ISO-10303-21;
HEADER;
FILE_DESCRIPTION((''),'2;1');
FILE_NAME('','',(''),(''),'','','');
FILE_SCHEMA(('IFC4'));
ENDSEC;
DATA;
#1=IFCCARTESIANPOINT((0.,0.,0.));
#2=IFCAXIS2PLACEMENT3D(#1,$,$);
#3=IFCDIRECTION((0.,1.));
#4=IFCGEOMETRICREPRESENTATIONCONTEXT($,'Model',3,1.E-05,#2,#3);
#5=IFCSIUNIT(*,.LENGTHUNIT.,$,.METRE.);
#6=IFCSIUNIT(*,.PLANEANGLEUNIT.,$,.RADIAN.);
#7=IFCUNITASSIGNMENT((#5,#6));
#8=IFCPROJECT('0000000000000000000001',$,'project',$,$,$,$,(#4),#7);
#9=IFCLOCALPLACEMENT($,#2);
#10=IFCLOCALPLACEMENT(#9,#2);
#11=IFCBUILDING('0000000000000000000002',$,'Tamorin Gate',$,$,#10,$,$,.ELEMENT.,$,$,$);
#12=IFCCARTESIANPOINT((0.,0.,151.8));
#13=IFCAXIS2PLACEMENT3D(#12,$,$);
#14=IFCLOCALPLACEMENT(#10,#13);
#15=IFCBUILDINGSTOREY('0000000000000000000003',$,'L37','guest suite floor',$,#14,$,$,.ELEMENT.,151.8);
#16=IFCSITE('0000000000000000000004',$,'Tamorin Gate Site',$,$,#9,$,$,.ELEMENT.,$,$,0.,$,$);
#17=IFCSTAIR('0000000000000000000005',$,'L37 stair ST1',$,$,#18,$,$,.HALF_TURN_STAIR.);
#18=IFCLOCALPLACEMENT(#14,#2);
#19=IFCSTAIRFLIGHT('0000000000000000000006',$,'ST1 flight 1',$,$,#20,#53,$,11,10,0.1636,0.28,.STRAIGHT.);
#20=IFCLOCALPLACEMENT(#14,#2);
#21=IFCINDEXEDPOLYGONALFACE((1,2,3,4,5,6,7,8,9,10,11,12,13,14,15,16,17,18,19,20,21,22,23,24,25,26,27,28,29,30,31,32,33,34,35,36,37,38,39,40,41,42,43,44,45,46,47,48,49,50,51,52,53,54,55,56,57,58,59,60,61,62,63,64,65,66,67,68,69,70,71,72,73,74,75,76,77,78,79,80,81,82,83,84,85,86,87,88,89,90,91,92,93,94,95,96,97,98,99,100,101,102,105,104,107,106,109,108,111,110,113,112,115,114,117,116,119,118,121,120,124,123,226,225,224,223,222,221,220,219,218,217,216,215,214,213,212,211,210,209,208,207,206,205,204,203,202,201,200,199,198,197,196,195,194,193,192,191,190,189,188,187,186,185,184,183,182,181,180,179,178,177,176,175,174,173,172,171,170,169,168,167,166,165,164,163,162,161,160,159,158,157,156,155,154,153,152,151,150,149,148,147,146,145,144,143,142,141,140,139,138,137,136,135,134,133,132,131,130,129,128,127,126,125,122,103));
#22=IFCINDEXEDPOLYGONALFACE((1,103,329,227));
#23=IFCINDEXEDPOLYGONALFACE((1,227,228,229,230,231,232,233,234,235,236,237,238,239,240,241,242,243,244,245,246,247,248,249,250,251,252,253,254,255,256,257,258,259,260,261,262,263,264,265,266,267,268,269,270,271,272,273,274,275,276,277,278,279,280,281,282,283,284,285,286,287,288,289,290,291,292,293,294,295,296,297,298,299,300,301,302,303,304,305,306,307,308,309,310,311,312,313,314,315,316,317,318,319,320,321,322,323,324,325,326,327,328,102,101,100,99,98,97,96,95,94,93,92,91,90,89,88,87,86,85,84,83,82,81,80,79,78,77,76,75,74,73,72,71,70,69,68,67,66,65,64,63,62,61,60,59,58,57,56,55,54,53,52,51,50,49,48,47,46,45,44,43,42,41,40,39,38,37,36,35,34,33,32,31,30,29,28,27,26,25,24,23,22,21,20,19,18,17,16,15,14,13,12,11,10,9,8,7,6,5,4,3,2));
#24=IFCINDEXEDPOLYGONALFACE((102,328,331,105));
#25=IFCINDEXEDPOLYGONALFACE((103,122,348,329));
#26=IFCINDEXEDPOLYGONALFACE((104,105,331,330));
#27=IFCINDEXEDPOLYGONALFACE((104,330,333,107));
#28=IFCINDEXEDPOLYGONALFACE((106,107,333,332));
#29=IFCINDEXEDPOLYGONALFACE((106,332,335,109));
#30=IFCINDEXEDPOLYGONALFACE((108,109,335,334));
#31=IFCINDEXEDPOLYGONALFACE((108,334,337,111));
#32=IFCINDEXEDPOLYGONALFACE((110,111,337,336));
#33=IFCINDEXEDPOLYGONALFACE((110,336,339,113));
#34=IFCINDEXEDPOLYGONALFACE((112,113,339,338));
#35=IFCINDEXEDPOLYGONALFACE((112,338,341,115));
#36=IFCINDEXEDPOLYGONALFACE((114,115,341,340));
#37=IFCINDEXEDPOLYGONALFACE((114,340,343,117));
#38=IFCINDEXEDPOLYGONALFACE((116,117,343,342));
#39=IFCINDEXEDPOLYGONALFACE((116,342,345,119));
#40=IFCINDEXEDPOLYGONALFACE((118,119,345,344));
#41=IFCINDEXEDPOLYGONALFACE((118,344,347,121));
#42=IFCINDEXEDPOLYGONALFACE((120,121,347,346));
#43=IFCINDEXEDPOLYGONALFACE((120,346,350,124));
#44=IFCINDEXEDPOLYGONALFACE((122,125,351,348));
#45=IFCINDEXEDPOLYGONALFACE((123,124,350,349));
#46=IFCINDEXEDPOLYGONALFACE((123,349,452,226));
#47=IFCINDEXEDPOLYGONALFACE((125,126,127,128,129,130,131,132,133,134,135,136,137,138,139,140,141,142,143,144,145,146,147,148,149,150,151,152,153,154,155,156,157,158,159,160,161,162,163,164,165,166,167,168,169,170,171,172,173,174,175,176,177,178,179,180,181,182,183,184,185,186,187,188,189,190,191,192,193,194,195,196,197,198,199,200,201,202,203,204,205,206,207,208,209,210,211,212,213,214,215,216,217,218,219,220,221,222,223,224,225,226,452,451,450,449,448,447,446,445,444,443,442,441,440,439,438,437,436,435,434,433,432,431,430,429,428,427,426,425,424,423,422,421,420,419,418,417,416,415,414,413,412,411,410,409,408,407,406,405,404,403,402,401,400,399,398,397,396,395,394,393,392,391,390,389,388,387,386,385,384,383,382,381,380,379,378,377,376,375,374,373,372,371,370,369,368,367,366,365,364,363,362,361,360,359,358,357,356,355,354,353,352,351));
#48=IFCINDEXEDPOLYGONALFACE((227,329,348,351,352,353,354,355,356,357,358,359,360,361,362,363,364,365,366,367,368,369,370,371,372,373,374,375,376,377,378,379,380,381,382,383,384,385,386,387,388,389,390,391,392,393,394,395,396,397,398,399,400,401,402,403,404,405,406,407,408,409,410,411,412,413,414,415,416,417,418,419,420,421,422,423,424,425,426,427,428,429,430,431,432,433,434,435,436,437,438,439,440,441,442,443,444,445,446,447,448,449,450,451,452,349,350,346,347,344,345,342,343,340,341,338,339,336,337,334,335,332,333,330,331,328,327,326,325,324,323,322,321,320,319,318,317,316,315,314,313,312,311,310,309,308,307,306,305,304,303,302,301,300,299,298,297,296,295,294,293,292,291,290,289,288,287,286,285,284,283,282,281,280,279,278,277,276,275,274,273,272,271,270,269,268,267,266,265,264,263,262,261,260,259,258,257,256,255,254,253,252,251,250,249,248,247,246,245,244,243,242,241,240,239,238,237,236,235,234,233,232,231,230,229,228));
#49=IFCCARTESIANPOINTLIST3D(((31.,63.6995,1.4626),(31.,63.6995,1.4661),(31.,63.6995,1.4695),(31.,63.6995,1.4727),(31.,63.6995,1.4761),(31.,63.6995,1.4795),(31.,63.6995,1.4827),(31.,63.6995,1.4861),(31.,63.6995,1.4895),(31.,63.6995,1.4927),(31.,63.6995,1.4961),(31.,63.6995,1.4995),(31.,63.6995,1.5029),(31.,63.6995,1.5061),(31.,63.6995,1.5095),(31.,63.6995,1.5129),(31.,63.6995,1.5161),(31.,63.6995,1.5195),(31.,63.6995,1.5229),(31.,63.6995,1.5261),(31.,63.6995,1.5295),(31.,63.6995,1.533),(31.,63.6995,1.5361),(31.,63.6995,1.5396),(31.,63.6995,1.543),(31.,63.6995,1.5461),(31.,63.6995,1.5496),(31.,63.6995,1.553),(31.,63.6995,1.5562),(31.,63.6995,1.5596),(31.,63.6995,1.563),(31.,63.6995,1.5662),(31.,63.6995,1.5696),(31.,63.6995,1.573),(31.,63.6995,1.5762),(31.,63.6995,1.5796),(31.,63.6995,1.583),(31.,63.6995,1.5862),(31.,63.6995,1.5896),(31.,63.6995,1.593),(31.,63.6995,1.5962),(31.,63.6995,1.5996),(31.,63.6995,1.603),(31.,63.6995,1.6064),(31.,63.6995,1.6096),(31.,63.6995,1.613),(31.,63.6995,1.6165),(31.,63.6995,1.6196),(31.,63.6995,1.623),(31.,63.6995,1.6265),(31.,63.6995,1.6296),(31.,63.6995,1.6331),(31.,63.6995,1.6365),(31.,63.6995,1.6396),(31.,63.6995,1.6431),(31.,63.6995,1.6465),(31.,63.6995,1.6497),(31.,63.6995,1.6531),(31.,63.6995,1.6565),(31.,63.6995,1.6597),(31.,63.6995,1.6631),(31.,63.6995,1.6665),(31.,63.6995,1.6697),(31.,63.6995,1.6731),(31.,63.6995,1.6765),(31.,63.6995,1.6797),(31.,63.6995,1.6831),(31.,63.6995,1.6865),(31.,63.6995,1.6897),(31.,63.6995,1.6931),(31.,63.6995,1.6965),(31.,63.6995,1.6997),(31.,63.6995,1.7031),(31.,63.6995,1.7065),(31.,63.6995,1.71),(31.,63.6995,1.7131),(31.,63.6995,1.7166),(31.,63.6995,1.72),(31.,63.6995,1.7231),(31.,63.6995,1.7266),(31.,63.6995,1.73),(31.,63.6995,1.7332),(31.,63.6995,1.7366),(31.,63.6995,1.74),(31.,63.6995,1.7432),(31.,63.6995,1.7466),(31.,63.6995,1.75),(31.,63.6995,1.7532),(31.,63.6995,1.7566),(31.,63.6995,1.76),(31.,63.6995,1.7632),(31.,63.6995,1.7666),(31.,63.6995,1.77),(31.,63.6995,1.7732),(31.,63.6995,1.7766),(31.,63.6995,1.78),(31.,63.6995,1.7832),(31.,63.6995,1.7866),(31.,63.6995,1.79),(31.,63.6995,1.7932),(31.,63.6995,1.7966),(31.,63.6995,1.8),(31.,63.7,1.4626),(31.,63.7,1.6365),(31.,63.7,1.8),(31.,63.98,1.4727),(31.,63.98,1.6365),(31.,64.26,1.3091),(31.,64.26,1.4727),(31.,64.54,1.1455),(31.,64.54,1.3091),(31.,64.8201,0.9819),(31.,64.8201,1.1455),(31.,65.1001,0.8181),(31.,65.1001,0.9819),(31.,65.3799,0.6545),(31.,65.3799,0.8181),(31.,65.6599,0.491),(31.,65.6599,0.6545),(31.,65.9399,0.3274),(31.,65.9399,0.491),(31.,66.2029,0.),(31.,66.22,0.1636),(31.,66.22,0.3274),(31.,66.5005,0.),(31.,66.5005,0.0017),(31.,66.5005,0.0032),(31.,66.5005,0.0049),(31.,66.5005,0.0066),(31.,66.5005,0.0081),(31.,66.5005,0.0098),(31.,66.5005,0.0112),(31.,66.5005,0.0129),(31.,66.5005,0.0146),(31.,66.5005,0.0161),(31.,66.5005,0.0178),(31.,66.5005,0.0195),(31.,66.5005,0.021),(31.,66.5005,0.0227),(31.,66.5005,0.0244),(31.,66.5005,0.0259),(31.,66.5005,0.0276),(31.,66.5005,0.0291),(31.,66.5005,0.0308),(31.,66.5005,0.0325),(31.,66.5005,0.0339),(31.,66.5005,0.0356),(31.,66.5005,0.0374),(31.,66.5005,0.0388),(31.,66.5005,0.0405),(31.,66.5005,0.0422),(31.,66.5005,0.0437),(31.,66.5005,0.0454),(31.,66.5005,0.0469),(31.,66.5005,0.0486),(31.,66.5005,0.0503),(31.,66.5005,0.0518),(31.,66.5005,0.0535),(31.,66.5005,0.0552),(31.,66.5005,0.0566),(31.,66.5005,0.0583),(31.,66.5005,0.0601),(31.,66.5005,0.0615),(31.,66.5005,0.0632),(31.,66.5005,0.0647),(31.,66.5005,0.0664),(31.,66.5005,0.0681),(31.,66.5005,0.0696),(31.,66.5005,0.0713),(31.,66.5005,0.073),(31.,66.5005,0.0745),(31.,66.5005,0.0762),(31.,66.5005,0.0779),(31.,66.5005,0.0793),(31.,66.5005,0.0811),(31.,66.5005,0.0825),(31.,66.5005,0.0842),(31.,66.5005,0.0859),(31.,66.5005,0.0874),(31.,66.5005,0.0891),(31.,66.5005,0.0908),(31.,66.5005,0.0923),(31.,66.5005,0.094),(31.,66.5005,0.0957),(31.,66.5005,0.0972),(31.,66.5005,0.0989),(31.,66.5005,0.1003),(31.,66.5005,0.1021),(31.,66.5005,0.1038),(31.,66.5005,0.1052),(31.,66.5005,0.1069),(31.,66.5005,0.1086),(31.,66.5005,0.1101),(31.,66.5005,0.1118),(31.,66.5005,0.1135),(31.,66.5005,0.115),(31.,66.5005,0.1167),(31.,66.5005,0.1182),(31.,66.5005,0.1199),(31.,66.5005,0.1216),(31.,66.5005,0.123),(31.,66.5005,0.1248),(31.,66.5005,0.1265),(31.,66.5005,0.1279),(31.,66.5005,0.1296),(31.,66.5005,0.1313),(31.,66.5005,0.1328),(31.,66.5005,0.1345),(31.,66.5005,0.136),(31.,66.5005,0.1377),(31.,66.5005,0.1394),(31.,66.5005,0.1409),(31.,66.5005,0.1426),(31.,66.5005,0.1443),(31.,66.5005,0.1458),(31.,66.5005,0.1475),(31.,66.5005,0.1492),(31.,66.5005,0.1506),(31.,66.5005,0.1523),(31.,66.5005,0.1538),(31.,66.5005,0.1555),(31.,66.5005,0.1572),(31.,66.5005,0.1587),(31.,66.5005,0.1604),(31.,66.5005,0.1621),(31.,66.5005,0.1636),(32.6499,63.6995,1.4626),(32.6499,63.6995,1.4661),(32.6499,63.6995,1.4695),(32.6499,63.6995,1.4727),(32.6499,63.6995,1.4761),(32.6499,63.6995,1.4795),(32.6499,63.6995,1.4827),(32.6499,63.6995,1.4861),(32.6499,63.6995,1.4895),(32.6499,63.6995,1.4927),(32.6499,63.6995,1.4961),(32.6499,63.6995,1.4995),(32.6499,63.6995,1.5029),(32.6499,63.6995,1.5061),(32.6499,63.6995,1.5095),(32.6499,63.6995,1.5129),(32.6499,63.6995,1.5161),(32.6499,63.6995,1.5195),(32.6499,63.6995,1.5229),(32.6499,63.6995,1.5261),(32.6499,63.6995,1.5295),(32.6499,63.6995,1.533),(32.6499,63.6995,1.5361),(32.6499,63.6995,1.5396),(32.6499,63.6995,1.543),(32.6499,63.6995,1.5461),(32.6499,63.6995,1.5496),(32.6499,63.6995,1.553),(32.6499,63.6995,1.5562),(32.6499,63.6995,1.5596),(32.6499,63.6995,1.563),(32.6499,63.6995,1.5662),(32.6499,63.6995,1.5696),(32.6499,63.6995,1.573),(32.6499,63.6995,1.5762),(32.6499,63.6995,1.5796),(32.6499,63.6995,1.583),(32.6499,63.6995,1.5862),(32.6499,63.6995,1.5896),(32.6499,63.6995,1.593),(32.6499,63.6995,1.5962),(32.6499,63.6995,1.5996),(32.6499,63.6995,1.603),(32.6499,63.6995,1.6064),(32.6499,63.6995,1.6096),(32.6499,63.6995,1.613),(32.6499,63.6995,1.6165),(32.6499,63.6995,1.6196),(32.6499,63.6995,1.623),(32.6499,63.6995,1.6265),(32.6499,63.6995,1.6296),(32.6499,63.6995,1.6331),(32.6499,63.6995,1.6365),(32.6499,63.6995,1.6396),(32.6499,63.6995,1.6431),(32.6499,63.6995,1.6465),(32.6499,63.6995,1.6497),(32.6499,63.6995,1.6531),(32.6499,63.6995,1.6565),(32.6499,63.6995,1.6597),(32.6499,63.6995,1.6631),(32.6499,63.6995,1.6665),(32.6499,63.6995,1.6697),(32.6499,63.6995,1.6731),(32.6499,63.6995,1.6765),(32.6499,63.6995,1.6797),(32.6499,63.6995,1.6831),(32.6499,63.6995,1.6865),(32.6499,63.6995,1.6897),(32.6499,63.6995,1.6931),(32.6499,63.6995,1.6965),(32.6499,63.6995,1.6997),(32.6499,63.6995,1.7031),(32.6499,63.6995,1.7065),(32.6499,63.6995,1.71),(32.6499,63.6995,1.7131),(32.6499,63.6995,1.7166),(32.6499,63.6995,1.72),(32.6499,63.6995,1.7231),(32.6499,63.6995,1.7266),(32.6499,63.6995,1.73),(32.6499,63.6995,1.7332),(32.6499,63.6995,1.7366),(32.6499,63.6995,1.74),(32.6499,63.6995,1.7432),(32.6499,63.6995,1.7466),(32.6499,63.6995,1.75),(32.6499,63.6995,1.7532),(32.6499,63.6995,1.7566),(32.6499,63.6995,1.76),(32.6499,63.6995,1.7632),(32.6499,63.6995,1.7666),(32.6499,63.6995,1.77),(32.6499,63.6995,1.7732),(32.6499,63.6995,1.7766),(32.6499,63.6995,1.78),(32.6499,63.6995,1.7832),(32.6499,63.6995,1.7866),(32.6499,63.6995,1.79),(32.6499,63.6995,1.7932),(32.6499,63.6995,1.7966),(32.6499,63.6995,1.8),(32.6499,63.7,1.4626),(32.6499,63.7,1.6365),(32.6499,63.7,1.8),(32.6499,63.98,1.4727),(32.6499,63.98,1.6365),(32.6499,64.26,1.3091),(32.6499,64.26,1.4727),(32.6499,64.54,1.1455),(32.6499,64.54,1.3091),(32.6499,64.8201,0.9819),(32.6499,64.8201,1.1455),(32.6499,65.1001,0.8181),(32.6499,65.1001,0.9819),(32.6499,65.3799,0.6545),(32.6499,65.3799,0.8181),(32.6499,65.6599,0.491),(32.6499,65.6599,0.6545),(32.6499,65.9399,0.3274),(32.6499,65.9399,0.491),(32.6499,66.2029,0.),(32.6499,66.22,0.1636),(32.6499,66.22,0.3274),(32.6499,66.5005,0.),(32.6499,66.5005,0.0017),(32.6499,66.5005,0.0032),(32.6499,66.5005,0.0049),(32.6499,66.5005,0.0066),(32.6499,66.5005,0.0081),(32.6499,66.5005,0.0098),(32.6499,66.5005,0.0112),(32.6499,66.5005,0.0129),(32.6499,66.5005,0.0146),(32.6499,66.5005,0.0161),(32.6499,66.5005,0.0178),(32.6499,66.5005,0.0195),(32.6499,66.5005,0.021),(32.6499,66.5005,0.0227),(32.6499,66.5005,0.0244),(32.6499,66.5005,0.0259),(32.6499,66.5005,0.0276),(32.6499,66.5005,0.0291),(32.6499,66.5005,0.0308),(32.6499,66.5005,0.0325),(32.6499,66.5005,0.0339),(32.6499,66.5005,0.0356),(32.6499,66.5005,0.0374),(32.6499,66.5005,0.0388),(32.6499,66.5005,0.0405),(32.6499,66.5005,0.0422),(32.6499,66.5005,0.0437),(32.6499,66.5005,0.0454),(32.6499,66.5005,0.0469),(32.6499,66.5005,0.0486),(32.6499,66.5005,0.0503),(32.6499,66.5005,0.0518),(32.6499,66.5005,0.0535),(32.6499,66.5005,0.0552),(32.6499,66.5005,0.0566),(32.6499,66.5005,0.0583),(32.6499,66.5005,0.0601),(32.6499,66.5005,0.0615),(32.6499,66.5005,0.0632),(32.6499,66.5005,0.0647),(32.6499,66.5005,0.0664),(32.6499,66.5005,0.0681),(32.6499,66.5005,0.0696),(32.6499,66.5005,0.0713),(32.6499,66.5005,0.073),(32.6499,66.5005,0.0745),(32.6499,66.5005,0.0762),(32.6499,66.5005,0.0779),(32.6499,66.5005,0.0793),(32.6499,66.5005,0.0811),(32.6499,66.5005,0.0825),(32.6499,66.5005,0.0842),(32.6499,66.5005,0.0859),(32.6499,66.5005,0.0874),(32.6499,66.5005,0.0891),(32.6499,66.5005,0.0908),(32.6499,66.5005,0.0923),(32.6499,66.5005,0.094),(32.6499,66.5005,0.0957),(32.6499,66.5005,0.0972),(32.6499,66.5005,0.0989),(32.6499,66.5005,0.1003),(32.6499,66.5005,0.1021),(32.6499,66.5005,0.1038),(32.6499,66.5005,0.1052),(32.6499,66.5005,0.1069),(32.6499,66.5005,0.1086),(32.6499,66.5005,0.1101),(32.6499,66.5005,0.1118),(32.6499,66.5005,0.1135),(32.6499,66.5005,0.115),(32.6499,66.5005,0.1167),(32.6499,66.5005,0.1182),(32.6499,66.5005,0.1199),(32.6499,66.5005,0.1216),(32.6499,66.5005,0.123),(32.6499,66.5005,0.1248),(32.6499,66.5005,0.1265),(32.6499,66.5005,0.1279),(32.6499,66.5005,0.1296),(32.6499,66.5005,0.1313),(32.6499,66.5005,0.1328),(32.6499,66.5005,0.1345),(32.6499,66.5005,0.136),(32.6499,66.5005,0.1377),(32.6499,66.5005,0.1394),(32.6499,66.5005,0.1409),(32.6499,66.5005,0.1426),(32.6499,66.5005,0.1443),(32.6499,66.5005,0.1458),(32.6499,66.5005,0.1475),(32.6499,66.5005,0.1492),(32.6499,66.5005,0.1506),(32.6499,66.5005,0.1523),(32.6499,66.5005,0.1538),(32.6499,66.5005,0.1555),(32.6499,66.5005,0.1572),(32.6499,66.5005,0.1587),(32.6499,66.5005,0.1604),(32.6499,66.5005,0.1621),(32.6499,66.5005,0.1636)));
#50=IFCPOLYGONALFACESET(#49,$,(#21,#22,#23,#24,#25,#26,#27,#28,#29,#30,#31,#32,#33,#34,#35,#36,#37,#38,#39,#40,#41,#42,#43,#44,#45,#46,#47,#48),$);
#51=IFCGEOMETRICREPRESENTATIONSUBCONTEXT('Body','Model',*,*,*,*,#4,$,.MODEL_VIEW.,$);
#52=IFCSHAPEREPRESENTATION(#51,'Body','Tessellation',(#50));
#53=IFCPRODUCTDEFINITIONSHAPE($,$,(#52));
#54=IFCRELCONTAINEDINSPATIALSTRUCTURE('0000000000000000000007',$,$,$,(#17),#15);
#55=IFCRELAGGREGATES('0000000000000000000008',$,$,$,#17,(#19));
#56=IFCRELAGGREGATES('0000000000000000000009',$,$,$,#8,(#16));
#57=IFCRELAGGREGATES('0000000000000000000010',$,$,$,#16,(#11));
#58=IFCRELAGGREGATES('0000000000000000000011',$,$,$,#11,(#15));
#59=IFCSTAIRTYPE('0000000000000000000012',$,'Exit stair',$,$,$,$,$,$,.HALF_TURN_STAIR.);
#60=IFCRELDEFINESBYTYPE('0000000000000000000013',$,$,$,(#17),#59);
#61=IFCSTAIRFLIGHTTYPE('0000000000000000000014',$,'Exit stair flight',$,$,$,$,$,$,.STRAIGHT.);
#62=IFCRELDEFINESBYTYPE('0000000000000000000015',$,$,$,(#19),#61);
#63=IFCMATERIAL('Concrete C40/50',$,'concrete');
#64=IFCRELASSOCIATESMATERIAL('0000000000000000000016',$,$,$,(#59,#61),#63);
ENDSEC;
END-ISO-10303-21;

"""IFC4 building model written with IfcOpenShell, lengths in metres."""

from ifc_helpers import new_model, si_unit, direction, frame, origin, place, context, subcontext, project, spatial, polyline, outline, extrude, material, type_object, element, aggregate, save


model = new_model("IFC4")

# Units and contexts
model_context = context("Model", 3, precision=1e-05, world=origin(), true_north=direction((0.0, 1.0)))
body_context = subcontext(model_context, "Body", "Model", "MODEL_VIEW")
ifc_project = project(units=[si_unit("LENGTHUNIT", "METRE"), si_unit("PLANEANGLEUNIT", "RADIAN")], contexts=[model_context])

# Site, building, storey
site_placement = place(None, origin())
site = spatial("IfcSite", under=ifc_project, at=site_placement, Name="Tamorin Gate Site", CompositionType="ELEMENT", RefElevation=0.0)
building_placement = place(site_placement, origin())
building = spatial("IfcBuilding", under=site, at=building_placement, Name="Tamorin Gate", CompositionType="ELEMENT")
storey_placement = place(building_placement, frame((0.0, 0.0, 151.8)))
storey = spatial("IfcBuildingStorey", under=building, at=storey_placement, Name="L37", Description="guest suite floor", CompositionType="ELEMENT", Elevation=151.8)

# Shared definitions
ifc_material_1 = material(Name="Concrete C40/50", Category="concrete")

# Stair, stair flight
stair_type = type_object("IfcStairType", Name="Exit stair", PredefinedType="HALF_TURN_STAIR", material=ifc_material_1)
stair_1_placement = place(storey_placement, origin())
stair_1 = element("IfcStair", 1, at=stair_1_placement, inside=storey, type_object=stair_type, Name="L37 stair ST1", PredefinedType="HALF_TURN_STAIR")
stair_flight_type = type_object("IfcStairFlightType", Name="Exit stair flight", PredefinedType="STRAIGHT", material=ifc_material_1)
stair_flight_1_placement = place(storey_placement, frame((31.825, 66.5, 0.0), z_axis=(0.0, 0.0, 1.0), x_axis=(0.0, -1.0, 0.0)))
stair_flight_1 = element("IfcStairFlight", 2, at=stair_flight_1_placement, type_object=stair_flight_type, Name="ST1 flight 1", NumberOfRisers=11, NumberOfTreads=10, PredefinedType="STRAIGHT", RiserHeight=0.1636, TreadLength=0.28, context=body_context, shape_type="SweptSolid", body=[
    extrude(outline(polyline([(-0.0005, 0.0), (-0.0005, 0.0017), (-0.0005, 0.0032), (-0.0005, 0.0049), (-0.0005, 0.0066), (-0.0005, 0.0081), (-0.0005, 0.0098), (-0.0005, 0.0112), (-0.0005, 0.0129), (-0.0005, 0.0146), (-0.0005, 0.0161), (-0.0005, 0.0178), (-0.0005, 0.0195), (-0.0005, 0.021), (-0.0005, 0.0227), (-0.0005, 0.0244), (-0.0005, 0.0259), (-0.0005, 0.0276), (-0.0005, 0.0291), (-0.0005, 0.0308), (-0.0005, 0.0325), (-0.0005, 0.0339), (-0.0005, 0.0356), (-0.0005, 0.0374), (-0.0005, 0.0388), (-0.0005, 0.0405), (-0.0005, 0.0422), (-0.0005, 0.0437), (-0.0005, 0.0454), (-0.0005, 0.0469), (-0.0005, 0.0486), (-0.0005, 0.0503), (-0.0005, 0.0518), (-0.0005, 0.0535), (-0.0005, 0.0552), (-0.0005, 0.0566), (-0.0005, 0.0583), (-0.0005, 0.0601), (-0.0005, 0.0615), (-0.0005, 0.0632), (-0.0005, 0.0647), (-0.0005, 0.0664), (-0.0005, 0.0681), (-0.0005, 0.0696), (-0.0005, 0.0713), (-0.0005, 0.073), (-0.0005, 0.0745), (-0.0005, 0.0762), (-0.0005, 0.0779), (-0.0005, 0.0793), (-0.0005, 0.0811), (-0.0005, 0.0825), (-0.0005, 0.0842), (-0.0005, 0.0859), (-0.0005, 0.0874), (-0.0005, 0.0891), (-0.0005, 0.0908), (-0.0005, 0.0923), (-0.0005, 0.094), (-0.0005, 0.0957), (-0.0005, 0.0972), (-0.0005, 0.0989), (-0.0005, 0.1003), (-0.0005, 0.1021), (-0.0005, 0.1038), (-0.0005, 0.1052), (-0.0005, 0.1069), (-0.0005, 0.1086), (-0.0005, 0.1101), (-0.0005, 0.1118), (-0.0005, 0.1135), (-0.0005, 0.115), (-0.0005, 0.1167), (-0.0005, 0.1182), (-0.0005, 0.1199), (-0.0005, 0.1216), (-0.0005, 0.123), (-0.0005, 0.1248), (-0.0005, 0.1265), (-0.0005, 0.1279), (-0.0005, 0.1296), (-0.0005, 0.1313), (-0.0005, 0.1328), (-0.0005, 0.1345), (-0.0005, 0.136), (-0.0005, 0.1377), (-0.0005, 0.1394), (-0.0005, 0.1409), (-0.0005, 0.1426), (-0.0005, 0.1443), (-0.0005, 0.1458), (-0.0005, 0.1475), (-0.0005, 0.1492), (-0.0005, 0.1506), (-0.0005, 0.1523), (-0.0005, 0.1538), (-0.0005, 0.1555), (-0.0005, 0.1572), (-0.0005, 0.1587), (-0.0005, 0.1604), (-0.0005, 0.1621), (-0.0005, 0.1636), (0.28, 0.1636), (0.28, 0.3274), (0.5601, 0.3274), (0.5601, 0.491), (0.8401, 0.491), (0.8401, 0.6545), (1.1201, 0.6545), (1.1201, 0.8181), (1.3999, 0.8181), (1.3999, 0.9819), (1.6799, 0.9819), (1.6799, 1.1455), (1.96, 1.1455), (1.96, 1.3091), (2.24, 1.3091), (2.24, 1.4727), (2.52, 1.4727), (2.52, 1.6365), (2.8, 1.6365), (2.8, 1.8), (2.8005, 1.8), (2.8005, 1.7966), (2.8005, 1.7932), (2.8005, 1.79), (2.8005, 1.7866), (2.8005, 1.7832), (2.8005, 1.78), (2.8005, 1.7766), (2.8005, 1.7732), (2.8005, 1.77), (2.8005, 1.7666), (2.8005, 1.7632), (2.8005, 1.76), (2.8005, 1.7566), (2.8005, 1.7532), (2.8005, 1.75), (2.8005, 1.7466), (2.8005, 1.7432), (2.8005, 1.74), (2.8005, 1.7366), (2.8005, 1.7332), (2.8005, 1.73), (2.8005, 1.7266), (2.8005, 1.7231), (2.8005, 1.72), (2.8005, 1.7166), (2.8005, 1.7131), (2.8005, 1.71), (2.8005, 1.7065), (2.8005, 1.7031), (2.8005, 1.6997), (2.8005, 1.6965), (2.8005, 1.6931), (2.8005, 1.6897), (2.8005, 1.6865), (2.8005, 1.6831), (2.8005, 1.6797), (2.8005, 1.6765), (2.8005, 1.6731), (2.8005, 1.6697), (2.8005, 1.6665), (2.8005, 1.6631), (2.8005, 1.6597), (2.8005, 1.6565), (2.8005, 1.6531), (2.8005, 1.6497), (2.8005, 1.6465), (2.8005, 1.6431), (2.8005, 1.6396), (2.8005, 1.6365), (2.8005, 1.6331), (2.8005, 1.6296), (2.8005, 1.6265), (2.8005, 1.623), (2.8005, 1.6196), (2.8005, 1.6165), (2.8005, 1.613), (2.8005, 1.6096), (2.8005, 1.6064), (2.8005, 1.603), (2.8005, 1.5996), (2.8005, 1.5962), (2.8005, 1.593), (2.8005, 1.5896), (2.8005, 1.5862), (2.8005, 1.583), (2.8005, 1.5796), (2.8005, 1.5762), (2.8005, 1.573), (2.8005, 1.5696), (2.8005, 1.5662), (2.8005, 1.563), (2.8005, 1.5596), (2.8005, 1.5562), (2.8005, 1.553), (2.8005, 1.5496), (2.8005, 1.5461), (2.8005, 1.543), (2.8005, 1.5396), (2.8005, 1.5361), (2.8005, 1.533), (2.8005, 1.5295), (2.8005, 1.5261), (2.8005, 1.5229), (2.8005, 1.5195), (2.8005, 1.5161), (2.8005, 1.5129), (2.8005, 1.5095), (2.8005, 1.5061), (2.8005, 1.5029), (2.8005, 1.4995), (2.8005, 1.4961), (2.8005, 1.4927), (2.8005, 1.4895), (2.8005, 1.4861), (2.8005, 1.4827), (2.8005, 1.4795), (2.8005, 1.4761), (2.8005, 1.4727), (2.8005, 1.4695), (2.8005, 1.4661), (2.8005, 1.4626), (2.8, 1.4626), (0.2971, 0.0), (-0.0005, 0.0)])), frame((0.0, 0.825, 0.0), z_axis=(0.0, -1.0, 0.0), x_axis=(1.0, 0.0, 0.0)), (0.0, 0.0, 1.0), 1.6499),
])
aggregate(stair_1, [stair_flight_1])

save(model, "model.ifc")
